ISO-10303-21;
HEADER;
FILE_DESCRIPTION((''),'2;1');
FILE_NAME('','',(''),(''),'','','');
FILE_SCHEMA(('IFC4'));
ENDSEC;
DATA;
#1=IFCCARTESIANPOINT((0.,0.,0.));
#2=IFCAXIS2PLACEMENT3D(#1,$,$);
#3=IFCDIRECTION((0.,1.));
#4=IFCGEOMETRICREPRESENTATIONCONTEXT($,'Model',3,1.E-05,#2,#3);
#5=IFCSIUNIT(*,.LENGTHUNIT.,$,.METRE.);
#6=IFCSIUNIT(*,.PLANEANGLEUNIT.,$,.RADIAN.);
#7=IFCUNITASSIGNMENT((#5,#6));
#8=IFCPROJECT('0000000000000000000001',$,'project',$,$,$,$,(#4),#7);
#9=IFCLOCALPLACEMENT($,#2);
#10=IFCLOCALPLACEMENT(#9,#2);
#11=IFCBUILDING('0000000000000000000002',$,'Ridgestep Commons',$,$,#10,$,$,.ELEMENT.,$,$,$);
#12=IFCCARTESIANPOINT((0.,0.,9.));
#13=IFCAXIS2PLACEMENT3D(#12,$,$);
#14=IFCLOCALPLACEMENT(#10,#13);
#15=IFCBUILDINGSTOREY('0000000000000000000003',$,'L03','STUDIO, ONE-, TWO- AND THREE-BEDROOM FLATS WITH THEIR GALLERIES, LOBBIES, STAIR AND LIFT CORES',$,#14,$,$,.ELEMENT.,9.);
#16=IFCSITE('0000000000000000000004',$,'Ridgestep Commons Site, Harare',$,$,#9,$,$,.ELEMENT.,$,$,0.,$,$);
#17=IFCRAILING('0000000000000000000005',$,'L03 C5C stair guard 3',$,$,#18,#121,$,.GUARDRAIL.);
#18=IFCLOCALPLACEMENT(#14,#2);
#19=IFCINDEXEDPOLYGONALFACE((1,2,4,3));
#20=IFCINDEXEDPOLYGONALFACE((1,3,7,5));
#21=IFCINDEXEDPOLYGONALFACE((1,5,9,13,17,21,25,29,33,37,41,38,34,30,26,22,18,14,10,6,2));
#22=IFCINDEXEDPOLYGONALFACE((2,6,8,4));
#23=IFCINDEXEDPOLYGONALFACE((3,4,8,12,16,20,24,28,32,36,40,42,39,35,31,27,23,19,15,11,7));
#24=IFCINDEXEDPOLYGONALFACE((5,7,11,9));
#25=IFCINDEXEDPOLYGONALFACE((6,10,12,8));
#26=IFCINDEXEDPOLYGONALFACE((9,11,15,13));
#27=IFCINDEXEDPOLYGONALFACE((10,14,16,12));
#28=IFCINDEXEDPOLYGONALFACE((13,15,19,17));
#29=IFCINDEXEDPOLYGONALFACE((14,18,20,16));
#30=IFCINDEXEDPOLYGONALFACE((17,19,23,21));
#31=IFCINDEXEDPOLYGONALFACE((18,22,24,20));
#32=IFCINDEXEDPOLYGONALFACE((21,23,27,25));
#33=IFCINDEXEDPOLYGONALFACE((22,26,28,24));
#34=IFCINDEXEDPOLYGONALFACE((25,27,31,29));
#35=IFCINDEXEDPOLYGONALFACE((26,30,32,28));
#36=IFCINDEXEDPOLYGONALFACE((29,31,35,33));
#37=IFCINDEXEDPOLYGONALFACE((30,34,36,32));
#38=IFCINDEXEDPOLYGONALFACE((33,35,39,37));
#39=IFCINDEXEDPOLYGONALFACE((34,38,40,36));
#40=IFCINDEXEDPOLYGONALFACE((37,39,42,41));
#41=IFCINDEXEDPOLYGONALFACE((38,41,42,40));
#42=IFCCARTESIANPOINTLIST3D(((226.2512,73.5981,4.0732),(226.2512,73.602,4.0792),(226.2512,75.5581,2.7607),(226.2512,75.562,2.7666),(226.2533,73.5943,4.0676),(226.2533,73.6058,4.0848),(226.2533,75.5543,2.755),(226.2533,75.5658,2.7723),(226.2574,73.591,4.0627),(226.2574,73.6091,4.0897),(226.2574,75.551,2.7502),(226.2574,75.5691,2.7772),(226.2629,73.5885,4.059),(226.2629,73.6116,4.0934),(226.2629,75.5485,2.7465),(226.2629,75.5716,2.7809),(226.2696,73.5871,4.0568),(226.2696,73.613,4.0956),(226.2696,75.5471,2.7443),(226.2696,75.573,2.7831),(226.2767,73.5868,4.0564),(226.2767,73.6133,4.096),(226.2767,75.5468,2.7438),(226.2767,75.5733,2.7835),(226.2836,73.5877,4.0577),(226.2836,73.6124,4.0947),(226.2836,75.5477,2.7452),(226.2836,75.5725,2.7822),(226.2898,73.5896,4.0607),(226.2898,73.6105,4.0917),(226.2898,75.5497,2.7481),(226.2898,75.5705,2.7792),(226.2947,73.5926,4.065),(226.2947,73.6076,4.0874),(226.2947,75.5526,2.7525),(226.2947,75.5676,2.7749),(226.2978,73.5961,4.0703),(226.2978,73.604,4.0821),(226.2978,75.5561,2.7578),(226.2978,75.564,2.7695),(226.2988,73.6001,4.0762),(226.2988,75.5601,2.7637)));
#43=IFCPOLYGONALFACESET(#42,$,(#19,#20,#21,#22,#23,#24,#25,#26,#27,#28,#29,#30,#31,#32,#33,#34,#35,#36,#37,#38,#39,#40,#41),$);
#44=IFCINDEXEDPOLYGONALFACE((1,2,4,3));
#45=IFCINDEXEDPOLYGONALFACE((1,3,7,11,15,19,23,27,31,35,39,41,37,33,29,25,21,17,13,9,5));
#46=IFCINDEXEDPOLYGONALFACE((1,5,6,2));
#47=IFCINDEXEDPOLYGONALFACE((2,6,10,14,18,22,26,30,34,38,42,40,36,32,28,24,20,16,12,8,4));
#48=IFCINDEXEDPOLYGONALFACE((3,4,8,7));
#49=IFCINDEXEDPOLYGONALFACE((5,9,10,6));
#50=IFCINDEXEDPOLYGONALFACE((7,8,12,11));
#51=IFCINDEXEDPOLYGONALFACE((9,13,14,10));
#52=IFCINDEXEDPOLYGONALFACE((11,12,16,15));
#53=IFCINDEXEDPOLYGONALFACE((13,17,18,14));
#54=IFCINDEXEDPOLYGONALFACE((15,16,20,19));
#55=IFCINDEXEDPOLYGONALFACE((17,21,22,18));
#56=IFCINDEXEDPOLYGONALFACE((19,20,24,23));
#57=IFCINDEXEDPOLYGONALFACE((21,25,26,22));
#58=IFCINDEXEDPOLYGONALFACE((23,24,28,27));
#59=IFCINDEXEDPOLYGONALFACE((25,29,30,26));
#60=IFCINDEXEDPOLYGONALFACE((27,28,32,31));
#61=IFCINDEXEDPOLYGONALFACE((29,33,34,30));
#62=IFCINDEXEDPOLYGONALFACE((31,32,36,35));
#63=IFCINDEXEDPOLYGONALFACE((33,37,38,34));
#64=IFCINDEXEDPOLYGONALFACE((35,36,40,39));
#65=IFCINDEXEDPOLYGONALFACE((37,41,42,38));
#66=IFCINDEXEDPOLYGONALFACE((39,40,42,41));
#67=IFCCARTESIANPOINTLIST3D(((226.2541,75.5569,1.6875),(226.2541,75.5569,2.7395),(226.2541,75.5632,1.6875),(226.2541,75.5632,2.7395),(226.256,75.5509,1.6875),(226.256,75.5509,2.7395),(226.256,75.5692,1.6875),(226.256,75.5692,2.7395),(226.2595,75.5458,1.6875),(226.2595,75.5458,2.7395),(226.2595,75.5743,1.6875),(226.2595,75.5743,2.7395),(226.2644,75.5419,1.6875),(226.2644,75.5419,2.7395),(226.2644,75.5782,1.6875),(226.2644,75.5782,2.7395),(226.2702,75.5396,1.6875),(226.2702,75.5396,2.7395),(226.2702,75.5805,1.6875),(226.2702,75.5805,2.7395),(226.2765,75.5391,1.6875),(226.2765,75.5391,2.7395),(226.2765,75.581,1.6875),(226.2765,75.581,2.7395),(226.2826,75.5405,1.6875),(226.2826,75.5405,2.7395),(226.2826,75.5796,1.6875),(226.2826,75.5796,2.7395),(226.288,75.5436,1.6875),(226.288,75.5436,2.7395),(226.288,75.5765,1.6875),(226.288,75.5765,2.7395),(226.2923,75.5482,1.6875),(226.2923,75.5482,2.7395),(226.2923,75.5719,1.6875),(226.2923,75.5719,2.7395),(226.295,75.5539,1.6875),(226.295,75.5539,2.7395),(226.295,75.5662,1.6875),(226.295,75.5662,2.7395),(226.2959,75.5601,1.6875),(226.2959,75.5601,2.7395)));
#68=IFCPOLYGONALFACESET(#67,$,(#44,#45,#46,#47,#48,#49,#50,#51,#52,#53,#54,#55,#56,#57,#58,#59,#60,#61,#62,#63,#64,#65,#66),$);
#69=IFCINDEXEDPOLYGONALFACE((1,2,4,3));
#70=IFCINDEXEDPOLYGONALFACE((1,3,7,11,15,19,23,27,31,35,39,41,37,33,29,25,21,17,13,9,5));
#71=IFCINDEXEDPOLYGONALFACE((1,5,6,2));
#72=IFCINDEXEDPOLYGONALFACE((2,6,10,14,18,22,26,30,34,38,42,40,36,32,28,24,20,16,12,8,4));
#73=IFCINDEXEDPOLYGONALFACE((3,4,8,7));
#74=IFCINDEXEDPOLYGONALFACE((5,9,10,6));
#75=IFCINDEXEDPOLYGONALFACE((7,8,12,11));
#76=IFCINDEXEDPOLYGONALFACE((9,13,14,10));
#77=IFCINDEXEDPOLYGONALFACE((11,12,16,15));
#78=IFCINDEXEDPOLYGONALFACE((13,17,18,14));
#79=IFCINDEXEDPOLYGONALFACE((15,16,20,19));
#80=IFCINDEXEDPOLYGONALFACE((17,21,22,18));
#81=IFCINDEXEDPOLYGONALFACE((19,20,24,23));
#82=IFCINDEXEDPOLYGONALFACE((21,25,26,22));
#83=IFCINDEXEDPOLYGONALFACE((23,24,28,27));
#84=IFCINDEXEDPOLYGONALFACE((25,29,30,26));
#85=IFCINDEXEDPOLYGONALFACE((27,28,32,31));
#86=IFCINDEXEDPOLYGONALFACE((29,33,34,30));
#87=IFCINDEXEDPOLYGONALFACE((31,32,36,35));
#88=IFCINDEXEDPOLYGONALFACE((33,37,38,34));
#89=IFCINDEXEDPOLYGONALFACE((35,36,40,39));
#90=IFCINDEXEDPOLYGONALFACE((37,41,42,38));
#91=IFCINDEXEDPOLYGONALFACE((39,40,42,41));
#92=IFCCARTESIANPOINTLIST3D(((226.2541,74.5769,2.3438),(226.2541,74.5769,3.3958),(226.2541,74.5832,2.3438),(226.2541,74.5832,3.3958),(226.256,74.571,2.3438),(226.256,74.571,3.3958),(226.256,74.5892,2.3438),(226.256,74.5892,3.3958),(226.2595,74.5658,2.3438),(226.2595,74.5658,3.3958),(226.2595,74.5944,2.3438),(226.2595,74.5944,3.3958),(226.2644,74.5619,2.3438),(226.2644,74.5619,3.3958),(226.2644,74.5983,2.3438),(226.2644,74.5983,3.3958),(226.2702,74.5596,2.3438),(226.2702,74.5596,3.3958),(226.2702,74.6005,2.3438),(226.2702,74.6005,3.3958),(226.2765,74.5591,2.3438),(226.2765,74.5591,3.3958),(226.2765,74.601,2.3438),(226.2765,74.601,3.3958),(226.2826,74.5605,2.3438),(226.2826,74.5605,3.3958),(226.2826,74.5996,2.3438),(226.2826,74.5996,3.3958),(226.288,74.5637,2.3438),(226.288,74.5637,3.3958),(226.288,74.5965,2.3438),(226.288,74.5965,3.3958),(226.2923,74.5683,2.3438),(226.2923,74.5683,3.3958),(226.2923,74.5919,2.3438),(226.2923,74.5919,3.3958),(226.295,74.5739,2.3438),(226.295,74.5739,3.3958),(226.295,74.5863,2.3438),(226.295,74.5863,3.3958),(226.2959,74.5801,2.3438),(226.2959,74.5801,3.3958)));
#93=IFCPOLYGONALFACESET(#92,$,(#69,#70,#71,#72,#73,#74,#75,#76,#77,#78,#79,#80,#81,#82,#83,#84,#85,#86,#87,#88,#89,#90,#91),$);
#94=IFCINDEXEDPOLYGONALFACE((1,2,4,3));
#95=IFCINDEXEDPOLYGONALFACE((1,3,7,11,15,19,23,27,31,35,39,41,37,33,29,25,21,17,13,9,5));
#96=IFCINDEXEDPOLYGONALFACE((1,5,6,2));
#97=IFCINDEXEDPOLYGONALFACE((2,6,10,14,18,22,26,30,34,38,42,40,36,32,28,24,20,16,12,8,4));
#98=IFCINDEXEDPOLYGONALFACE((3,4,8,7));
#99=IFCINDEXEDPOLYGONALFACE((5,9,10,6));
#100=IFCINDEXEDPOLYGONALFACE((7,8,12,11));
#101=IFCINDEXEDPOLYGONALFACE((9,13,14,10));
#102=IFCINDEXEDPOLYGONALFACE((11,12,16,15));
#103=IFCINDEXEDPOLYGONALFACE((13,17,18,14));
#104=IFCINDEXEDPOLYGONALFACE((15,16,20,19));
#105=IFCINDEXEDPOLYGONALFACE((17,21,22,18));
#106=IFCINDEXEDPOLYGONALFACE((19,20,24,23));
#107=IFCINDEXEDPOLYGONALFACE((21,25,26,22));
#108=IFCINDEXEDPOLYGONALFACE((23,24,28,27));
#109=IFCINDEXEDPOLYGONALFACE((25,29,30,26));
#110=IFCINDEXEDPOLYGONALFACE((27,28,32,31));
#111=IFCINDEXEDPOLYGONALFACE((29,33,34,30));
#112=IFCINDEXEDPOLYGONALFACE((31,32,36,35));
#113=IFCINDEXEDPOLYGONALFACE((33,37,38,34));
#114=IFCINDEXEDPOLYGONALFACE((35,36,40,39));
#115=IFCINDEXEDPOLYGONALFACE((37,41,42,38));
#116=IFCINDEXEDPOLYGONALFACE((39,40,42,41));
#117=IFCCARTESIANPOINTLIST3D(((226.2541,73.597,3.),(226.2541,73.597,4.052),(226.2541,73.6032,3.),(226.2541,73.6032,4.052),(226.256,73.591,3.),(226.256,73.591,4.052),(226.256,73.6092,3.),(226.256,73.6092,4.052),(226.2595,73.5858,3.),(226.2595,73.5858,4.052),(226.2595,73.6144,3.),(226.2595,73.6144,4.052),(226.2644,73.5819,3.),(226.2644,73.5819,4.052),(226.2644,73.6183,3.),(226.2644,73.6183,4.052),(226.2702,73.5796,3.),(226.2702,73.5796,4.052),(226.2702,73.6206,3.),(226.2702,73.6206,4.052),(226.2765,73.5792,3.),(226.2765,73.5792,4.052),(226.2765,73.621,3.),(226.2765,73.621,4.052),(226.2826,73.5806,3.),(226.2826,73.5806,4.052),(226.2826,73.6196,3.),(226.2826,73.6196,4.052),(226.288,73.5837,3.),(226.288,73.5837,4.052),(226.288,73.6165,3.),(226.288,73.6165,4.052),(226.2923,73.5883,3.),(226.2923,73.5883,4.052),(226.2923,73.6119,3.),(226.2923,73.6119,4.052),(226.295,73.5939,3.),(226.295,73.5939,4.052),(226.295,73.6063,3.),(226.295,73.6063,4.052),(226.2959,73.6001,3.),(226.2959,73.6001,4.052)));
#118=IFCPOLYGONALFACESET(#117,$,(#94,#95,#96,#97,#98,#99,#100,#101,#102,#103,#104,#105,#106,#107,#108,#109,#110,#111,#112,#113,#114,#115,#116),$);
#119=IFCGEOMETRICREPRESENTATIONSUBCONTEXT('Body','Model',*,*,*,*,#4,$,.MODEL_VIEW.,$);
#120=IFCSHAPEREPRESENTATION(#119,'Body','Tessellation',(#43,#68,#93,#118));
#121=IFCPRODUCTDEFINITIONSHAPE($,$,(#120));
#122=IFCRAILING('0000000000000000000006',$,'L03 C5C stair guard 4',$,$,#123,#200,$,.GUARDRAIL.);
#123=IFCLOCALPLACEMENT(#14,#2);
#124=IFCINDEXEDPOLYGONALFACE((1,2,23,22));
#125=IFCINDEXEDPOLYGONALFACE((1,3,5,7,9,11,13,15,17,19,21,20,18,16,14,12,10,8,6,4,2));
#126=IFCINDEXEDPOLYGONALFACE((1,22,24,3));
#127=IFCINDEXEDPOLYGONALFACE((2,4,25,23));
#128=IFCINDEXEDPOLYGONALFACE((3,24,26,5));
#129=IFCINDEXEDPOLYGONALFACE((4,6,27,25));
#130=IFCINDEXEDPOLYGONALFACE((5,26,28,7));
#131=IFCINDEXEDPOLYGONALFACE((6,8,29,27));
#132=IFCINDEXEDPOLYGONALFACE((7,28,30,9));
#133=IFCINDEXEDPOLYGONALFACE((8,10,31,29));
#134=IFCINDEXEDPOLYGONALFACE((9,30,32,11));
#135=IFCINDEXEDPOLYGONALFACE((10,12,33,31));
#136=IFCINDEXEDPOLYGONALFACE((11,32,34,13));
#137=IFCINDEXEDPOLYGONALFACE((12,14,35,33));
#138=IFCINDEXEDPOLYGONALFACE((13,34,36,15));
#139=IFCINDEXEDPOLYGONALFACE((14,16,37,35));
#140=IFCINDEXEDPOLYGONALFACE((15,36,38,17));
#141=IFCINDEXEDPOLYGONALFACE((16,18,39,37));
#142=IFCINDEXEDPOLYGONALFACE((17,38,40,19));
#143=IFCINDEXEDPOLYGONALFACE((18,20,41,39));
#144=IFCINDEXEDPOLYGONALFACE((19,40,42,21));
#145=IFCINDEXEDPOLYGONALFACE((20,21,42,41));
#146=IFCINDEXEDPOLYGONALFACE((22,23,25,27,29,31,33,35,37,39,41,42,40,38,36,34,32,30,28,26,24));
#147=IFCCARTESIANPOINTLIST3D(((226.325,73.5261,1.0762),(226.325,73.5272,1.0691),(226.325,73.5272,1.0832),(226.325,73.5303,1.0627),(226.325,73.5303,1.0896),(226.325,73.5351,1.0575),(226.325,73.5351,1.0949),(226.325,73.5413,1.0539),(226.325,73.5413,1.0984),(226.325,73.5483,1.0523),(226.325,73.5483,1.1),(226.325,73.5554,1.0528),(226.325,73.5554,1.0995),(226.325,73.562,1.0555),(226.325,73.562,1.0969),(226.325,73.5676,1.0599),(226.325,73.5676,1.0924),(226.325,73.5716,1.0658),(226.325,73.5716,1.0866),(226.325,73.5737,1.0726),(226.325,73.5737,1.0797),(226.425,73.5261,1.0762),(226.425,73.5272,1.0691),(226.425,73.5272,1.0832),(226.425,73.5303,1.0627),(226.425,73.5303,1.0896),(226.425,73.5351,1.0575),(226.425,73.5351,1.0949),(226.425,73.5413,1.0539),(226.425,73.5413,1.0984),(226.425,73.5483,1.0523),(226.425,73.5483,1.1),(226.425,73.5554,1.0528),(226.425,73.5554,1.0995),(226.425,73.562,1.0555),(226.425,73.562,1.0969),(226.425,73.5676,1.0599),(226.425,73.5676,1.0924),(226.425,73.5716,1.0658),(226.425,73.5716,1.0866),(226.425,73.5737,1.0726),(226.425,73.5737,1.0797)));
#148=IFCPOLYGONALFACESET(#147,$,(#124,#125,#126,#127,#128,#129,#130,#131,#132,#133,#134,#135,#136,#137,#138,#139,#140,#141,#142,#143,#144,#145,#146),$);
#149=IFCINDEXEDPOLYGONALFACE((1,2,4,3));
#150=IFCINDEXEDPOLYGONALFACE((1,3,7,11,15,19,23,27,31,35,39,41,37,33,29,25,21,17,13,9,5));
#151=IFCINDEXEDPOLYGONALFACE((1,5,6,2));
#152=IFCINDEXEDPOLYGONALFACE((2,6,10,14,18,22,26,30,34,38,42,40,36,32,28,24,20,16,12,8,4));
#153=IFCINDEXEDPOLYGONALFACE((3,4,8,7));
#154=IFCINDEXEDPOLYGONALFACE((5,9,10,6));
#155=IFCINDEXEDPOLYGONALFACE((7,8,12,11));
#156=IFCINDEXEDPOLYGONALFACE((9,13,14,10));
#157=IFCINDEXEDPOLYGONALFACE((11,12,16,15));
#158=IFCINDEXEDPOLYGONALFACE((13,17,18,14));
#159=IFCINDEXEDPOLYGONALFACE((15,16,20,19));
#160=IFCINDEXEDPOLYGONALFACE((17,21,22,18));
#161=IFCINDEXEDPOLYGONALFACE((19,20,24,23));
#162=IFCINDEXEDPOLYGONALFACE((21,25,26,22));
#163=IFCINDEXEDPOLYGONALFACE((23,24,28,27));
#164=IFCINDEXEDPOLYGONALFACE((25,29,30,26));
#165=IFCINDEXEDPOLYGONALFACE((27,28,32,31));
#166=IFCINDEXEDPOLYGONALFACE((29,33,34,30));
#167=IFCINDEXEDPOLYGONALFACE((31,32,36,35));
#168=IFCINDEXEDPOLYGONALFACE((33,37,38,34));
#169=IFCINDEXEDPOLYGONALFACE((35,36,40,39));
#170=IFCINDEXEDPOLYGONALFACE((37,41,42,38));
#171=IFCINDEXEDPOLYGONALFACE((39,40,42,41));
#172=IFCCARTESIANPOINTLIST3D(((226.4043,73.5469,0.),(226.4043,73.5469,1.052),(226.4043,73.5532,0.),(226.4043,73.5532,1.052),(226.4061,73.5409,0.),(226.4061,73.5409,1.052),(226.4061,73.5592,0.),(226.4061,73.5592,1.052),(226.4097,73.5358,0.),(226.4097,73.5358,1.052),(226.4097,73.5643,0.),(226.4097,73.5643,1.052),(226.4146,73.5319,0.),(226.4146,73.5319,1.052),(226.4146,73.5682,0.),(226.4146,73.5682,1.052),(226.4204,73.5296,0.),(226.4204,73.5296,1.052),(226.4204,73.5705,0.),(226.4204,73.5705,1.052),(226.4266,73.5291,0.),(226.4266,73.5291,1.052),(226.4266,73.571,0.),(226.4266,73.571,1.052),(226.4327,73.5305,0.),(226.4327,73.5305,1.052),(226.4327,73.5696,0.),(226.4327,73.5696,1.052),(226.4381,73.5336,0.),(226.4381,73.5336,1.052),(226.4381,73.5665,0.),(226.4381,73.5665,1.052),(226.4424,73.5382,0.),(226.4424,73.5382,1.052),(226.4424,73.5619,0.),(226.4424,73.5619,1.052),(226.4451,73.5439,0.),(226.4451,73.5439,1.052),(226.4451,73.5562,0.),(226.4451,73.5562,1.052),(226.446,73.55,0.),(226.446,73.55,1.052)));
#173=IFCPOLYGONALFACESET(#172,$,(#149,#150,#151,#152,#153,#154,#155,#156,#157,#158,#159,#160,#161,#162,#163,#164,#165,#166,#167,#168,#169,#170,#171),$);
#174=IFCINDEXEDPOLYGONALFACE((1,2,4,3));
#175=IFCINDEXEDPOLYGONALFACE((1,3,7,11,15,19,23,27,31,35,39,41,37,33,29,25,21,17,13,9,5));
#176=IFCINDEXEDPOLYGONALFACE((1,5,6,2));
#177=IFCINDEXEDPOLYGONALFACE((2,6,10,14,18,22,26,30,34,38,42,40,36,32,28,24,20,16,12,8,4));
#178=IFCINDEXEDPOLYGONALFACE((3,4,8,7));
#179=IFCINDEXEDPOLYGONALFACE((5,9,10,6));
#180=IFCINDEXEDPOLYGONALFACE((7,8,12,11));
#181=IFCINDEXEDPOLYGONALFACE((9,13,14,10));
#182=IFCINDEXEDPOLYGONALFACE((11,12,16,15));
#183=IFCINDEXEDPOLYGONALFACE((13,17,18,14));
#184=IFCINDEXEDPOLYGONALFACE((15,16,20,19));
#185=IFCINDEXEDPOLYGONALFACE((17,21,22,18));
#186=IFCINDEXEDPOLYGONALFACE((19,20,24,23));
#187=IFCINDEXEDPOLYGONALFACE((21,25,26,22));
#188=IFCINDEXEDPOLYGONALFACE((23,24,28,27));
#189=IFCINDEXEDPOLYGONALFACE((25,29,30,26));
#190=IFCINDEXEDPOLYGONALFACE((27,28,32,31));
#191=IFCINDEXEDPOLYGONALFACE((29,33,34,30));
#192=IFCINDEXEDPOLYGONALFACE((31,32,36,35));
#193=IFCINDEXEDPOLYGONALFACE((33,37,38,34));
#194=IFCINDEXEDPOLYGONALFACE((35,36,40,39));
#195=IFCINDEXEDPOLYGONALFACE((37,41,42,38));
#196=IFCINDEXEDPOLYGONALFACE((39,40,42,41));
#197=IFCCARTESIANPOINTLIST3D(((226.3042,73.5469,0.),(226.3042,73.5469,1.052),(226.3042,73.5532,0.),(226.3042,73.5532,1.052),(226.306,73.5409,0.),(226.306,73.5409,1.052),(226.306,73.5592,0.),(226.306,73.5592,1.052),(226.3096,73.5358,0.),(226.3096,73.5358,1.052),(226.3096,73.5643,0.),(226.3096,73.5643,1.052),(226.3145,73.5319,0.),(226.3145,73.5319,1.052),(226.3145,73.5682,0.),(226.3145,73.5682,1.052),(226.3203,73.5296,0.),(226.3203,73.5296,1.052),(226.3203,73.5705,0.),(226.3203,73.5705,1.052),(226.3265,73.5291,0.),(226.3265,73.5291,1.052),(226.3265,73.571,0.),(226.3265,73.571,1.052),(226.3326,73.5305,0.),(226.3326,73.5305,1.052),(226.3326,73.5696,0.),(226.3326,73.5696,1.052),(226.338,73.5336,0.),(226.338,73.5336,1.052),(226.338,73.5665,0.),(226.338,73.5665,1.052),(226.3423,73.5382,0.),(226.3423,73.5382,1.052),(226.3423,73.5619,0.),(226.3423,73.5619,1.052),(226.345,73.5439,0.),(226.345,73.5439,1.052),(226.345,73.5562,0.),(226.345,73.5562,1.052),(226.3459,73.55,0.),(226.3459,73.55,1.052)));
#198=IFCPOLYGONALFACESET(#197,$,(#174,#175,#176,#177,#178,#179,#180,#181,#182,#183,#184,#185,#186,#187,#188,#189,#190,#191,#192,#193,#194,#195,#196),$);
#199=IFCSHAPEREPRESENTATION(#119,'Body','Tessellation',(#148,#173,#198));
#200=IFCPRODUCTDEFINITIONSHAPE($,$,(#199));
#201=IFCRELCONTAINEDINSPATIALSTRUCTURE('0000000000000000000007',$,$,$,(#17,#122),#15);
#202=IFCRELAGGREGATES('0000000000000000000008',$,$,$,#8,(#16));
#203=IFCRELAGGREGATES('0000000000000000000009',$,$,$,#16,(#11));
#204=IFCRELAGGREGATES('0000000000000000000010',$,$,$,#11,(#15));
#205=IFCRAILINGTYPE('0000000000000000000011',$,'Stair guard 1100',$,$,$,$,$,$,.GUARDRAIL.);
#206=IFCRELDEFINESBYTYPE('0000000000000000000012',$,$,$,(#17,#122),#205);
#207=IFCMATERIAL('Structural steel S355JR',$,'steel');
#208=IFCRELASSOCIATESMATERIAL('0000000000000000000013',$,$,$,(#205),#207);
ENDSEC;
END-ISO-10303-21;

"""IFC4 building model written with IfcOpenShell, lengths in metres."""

from ifc_helpers import new_model, si_unit, direction, frame, origin, origin_2d, place, context, subcontext, project, spatial, circle, extrude, material, type_object, element, save


model = new_model("IFC4")

# Units and contexts
model_context = context("Model", 3, precision=1e-05, world=origin(), true_north=direction((0.0, 1.0)))
body_context = subcontext(model_context, "Body", "Model", "MODEL_VIEW")
ifc_project = project(units=[si_unit("LENGTHUNIT", "METRE"), si_unit("PLANEANGLEUNIT", "RADIAN")], contexts=[model_context])

# Site, building, storey
site_placement = place(None, origin())
site = spatial("IfcSite", under=ifc_project, at=site_placement, Name="Ridgestep Commons Site, Harare", CompositionType="ELEMENT", RefElevation=0.0)
building_placement = place(site_placement, origin())
building = spatial("IfcBuilding", under=site, at=building_placement, Name="Ridgestep Commons", CompositionType="ELEMENT")
storey_placement = place(building_placement, frame((0.0, 0.0, 9.0)))
storey = spatial("IfcBuildingStorey", under=building, at=storey_placement, Name="L03", Description="STUDIO, ONE-, TWO- AND THREE-BEDROOM FLATS WITH THEIR GALLERIES, LOBBIES, STAIR AND LIFT CORES", CompositionType="ELEMENT", Elevation=9.0)

# Railings
ifc_material_1 = material(Name="Structural steel S355JR", Category="steel")
railing_type_1 = type_object("IfcRailingType", Name="Stair guard 1100", PredefinedType="GUARDRAIL", material=ifc_material_1)
railing_1_placement = place(storey_placement, frame((226.2749, 75.5601, 1.6875)))
element("IfcRailing", 1, at=railing_1_placement, inside=storey, type_object=railing_type_1, Name="L03 C5C stair guard 3", PredefinedType="GUARDRAIL", context=body_context, shape_type="SweptSolid", body=[
    extrude(circle(Radius=0.0239, at=origin_2d()), frame((0.0, 0.0, 1.0762), z_axis=(0.0, -0.830902, 0.556419), x_axis=(1.0, 0.0, 0.0)), (0.0, 0.0, 1.0), 2.3589),
    extrude(circle(Radius=0.021, at=origin_2d()), origin(), (0.0, 0.0, 1.0), 1.052),
    extrude(circle(Radius=0.021, at=origin_2d()), frame((0.0, -0.98, 0.6562)), (0.0, 0.0, 1.0), 1.052),
    extrude(circle(Radius=0.021, at=origin_2d()), frame((0.0, -1.96, 1.3125)), (0.0, 0.0, 1.0), 1.052),
])
railing_2_placement = place(storey_placement, frame((226.425, 73.55, 0.0)))
element("IfcRailing", 2, at=railing_2_placement, inside=storey, type_object=railing_type_1, Name="L03 C5C stair guard 4", PredefinedType="GUARDRAIL", context=body_context, shape_type="SweptSolid", body=[
    extrude(circle(Radius=0.0239, at=origin_2d()), frame((0.0, 0.0, 1.0762), z_axis=(-1.0, 0.0, 0.0), x_axis=(0.0, -1.0, 0.0)), (0.0, 0.0, 1.0), 0.1001),
    extrude(circle(Radius=0.021, at=origin_2d()), origin(), (0.0, 0.0, 1.0), 1.052),
    extrude(circle(Radius=0.021, at=origin_2d()), frame((-0.1001, 0.0, 0.0)), (0.0, 0.0, 1.0), 1.052),
])

save(model, "model.ifc")
